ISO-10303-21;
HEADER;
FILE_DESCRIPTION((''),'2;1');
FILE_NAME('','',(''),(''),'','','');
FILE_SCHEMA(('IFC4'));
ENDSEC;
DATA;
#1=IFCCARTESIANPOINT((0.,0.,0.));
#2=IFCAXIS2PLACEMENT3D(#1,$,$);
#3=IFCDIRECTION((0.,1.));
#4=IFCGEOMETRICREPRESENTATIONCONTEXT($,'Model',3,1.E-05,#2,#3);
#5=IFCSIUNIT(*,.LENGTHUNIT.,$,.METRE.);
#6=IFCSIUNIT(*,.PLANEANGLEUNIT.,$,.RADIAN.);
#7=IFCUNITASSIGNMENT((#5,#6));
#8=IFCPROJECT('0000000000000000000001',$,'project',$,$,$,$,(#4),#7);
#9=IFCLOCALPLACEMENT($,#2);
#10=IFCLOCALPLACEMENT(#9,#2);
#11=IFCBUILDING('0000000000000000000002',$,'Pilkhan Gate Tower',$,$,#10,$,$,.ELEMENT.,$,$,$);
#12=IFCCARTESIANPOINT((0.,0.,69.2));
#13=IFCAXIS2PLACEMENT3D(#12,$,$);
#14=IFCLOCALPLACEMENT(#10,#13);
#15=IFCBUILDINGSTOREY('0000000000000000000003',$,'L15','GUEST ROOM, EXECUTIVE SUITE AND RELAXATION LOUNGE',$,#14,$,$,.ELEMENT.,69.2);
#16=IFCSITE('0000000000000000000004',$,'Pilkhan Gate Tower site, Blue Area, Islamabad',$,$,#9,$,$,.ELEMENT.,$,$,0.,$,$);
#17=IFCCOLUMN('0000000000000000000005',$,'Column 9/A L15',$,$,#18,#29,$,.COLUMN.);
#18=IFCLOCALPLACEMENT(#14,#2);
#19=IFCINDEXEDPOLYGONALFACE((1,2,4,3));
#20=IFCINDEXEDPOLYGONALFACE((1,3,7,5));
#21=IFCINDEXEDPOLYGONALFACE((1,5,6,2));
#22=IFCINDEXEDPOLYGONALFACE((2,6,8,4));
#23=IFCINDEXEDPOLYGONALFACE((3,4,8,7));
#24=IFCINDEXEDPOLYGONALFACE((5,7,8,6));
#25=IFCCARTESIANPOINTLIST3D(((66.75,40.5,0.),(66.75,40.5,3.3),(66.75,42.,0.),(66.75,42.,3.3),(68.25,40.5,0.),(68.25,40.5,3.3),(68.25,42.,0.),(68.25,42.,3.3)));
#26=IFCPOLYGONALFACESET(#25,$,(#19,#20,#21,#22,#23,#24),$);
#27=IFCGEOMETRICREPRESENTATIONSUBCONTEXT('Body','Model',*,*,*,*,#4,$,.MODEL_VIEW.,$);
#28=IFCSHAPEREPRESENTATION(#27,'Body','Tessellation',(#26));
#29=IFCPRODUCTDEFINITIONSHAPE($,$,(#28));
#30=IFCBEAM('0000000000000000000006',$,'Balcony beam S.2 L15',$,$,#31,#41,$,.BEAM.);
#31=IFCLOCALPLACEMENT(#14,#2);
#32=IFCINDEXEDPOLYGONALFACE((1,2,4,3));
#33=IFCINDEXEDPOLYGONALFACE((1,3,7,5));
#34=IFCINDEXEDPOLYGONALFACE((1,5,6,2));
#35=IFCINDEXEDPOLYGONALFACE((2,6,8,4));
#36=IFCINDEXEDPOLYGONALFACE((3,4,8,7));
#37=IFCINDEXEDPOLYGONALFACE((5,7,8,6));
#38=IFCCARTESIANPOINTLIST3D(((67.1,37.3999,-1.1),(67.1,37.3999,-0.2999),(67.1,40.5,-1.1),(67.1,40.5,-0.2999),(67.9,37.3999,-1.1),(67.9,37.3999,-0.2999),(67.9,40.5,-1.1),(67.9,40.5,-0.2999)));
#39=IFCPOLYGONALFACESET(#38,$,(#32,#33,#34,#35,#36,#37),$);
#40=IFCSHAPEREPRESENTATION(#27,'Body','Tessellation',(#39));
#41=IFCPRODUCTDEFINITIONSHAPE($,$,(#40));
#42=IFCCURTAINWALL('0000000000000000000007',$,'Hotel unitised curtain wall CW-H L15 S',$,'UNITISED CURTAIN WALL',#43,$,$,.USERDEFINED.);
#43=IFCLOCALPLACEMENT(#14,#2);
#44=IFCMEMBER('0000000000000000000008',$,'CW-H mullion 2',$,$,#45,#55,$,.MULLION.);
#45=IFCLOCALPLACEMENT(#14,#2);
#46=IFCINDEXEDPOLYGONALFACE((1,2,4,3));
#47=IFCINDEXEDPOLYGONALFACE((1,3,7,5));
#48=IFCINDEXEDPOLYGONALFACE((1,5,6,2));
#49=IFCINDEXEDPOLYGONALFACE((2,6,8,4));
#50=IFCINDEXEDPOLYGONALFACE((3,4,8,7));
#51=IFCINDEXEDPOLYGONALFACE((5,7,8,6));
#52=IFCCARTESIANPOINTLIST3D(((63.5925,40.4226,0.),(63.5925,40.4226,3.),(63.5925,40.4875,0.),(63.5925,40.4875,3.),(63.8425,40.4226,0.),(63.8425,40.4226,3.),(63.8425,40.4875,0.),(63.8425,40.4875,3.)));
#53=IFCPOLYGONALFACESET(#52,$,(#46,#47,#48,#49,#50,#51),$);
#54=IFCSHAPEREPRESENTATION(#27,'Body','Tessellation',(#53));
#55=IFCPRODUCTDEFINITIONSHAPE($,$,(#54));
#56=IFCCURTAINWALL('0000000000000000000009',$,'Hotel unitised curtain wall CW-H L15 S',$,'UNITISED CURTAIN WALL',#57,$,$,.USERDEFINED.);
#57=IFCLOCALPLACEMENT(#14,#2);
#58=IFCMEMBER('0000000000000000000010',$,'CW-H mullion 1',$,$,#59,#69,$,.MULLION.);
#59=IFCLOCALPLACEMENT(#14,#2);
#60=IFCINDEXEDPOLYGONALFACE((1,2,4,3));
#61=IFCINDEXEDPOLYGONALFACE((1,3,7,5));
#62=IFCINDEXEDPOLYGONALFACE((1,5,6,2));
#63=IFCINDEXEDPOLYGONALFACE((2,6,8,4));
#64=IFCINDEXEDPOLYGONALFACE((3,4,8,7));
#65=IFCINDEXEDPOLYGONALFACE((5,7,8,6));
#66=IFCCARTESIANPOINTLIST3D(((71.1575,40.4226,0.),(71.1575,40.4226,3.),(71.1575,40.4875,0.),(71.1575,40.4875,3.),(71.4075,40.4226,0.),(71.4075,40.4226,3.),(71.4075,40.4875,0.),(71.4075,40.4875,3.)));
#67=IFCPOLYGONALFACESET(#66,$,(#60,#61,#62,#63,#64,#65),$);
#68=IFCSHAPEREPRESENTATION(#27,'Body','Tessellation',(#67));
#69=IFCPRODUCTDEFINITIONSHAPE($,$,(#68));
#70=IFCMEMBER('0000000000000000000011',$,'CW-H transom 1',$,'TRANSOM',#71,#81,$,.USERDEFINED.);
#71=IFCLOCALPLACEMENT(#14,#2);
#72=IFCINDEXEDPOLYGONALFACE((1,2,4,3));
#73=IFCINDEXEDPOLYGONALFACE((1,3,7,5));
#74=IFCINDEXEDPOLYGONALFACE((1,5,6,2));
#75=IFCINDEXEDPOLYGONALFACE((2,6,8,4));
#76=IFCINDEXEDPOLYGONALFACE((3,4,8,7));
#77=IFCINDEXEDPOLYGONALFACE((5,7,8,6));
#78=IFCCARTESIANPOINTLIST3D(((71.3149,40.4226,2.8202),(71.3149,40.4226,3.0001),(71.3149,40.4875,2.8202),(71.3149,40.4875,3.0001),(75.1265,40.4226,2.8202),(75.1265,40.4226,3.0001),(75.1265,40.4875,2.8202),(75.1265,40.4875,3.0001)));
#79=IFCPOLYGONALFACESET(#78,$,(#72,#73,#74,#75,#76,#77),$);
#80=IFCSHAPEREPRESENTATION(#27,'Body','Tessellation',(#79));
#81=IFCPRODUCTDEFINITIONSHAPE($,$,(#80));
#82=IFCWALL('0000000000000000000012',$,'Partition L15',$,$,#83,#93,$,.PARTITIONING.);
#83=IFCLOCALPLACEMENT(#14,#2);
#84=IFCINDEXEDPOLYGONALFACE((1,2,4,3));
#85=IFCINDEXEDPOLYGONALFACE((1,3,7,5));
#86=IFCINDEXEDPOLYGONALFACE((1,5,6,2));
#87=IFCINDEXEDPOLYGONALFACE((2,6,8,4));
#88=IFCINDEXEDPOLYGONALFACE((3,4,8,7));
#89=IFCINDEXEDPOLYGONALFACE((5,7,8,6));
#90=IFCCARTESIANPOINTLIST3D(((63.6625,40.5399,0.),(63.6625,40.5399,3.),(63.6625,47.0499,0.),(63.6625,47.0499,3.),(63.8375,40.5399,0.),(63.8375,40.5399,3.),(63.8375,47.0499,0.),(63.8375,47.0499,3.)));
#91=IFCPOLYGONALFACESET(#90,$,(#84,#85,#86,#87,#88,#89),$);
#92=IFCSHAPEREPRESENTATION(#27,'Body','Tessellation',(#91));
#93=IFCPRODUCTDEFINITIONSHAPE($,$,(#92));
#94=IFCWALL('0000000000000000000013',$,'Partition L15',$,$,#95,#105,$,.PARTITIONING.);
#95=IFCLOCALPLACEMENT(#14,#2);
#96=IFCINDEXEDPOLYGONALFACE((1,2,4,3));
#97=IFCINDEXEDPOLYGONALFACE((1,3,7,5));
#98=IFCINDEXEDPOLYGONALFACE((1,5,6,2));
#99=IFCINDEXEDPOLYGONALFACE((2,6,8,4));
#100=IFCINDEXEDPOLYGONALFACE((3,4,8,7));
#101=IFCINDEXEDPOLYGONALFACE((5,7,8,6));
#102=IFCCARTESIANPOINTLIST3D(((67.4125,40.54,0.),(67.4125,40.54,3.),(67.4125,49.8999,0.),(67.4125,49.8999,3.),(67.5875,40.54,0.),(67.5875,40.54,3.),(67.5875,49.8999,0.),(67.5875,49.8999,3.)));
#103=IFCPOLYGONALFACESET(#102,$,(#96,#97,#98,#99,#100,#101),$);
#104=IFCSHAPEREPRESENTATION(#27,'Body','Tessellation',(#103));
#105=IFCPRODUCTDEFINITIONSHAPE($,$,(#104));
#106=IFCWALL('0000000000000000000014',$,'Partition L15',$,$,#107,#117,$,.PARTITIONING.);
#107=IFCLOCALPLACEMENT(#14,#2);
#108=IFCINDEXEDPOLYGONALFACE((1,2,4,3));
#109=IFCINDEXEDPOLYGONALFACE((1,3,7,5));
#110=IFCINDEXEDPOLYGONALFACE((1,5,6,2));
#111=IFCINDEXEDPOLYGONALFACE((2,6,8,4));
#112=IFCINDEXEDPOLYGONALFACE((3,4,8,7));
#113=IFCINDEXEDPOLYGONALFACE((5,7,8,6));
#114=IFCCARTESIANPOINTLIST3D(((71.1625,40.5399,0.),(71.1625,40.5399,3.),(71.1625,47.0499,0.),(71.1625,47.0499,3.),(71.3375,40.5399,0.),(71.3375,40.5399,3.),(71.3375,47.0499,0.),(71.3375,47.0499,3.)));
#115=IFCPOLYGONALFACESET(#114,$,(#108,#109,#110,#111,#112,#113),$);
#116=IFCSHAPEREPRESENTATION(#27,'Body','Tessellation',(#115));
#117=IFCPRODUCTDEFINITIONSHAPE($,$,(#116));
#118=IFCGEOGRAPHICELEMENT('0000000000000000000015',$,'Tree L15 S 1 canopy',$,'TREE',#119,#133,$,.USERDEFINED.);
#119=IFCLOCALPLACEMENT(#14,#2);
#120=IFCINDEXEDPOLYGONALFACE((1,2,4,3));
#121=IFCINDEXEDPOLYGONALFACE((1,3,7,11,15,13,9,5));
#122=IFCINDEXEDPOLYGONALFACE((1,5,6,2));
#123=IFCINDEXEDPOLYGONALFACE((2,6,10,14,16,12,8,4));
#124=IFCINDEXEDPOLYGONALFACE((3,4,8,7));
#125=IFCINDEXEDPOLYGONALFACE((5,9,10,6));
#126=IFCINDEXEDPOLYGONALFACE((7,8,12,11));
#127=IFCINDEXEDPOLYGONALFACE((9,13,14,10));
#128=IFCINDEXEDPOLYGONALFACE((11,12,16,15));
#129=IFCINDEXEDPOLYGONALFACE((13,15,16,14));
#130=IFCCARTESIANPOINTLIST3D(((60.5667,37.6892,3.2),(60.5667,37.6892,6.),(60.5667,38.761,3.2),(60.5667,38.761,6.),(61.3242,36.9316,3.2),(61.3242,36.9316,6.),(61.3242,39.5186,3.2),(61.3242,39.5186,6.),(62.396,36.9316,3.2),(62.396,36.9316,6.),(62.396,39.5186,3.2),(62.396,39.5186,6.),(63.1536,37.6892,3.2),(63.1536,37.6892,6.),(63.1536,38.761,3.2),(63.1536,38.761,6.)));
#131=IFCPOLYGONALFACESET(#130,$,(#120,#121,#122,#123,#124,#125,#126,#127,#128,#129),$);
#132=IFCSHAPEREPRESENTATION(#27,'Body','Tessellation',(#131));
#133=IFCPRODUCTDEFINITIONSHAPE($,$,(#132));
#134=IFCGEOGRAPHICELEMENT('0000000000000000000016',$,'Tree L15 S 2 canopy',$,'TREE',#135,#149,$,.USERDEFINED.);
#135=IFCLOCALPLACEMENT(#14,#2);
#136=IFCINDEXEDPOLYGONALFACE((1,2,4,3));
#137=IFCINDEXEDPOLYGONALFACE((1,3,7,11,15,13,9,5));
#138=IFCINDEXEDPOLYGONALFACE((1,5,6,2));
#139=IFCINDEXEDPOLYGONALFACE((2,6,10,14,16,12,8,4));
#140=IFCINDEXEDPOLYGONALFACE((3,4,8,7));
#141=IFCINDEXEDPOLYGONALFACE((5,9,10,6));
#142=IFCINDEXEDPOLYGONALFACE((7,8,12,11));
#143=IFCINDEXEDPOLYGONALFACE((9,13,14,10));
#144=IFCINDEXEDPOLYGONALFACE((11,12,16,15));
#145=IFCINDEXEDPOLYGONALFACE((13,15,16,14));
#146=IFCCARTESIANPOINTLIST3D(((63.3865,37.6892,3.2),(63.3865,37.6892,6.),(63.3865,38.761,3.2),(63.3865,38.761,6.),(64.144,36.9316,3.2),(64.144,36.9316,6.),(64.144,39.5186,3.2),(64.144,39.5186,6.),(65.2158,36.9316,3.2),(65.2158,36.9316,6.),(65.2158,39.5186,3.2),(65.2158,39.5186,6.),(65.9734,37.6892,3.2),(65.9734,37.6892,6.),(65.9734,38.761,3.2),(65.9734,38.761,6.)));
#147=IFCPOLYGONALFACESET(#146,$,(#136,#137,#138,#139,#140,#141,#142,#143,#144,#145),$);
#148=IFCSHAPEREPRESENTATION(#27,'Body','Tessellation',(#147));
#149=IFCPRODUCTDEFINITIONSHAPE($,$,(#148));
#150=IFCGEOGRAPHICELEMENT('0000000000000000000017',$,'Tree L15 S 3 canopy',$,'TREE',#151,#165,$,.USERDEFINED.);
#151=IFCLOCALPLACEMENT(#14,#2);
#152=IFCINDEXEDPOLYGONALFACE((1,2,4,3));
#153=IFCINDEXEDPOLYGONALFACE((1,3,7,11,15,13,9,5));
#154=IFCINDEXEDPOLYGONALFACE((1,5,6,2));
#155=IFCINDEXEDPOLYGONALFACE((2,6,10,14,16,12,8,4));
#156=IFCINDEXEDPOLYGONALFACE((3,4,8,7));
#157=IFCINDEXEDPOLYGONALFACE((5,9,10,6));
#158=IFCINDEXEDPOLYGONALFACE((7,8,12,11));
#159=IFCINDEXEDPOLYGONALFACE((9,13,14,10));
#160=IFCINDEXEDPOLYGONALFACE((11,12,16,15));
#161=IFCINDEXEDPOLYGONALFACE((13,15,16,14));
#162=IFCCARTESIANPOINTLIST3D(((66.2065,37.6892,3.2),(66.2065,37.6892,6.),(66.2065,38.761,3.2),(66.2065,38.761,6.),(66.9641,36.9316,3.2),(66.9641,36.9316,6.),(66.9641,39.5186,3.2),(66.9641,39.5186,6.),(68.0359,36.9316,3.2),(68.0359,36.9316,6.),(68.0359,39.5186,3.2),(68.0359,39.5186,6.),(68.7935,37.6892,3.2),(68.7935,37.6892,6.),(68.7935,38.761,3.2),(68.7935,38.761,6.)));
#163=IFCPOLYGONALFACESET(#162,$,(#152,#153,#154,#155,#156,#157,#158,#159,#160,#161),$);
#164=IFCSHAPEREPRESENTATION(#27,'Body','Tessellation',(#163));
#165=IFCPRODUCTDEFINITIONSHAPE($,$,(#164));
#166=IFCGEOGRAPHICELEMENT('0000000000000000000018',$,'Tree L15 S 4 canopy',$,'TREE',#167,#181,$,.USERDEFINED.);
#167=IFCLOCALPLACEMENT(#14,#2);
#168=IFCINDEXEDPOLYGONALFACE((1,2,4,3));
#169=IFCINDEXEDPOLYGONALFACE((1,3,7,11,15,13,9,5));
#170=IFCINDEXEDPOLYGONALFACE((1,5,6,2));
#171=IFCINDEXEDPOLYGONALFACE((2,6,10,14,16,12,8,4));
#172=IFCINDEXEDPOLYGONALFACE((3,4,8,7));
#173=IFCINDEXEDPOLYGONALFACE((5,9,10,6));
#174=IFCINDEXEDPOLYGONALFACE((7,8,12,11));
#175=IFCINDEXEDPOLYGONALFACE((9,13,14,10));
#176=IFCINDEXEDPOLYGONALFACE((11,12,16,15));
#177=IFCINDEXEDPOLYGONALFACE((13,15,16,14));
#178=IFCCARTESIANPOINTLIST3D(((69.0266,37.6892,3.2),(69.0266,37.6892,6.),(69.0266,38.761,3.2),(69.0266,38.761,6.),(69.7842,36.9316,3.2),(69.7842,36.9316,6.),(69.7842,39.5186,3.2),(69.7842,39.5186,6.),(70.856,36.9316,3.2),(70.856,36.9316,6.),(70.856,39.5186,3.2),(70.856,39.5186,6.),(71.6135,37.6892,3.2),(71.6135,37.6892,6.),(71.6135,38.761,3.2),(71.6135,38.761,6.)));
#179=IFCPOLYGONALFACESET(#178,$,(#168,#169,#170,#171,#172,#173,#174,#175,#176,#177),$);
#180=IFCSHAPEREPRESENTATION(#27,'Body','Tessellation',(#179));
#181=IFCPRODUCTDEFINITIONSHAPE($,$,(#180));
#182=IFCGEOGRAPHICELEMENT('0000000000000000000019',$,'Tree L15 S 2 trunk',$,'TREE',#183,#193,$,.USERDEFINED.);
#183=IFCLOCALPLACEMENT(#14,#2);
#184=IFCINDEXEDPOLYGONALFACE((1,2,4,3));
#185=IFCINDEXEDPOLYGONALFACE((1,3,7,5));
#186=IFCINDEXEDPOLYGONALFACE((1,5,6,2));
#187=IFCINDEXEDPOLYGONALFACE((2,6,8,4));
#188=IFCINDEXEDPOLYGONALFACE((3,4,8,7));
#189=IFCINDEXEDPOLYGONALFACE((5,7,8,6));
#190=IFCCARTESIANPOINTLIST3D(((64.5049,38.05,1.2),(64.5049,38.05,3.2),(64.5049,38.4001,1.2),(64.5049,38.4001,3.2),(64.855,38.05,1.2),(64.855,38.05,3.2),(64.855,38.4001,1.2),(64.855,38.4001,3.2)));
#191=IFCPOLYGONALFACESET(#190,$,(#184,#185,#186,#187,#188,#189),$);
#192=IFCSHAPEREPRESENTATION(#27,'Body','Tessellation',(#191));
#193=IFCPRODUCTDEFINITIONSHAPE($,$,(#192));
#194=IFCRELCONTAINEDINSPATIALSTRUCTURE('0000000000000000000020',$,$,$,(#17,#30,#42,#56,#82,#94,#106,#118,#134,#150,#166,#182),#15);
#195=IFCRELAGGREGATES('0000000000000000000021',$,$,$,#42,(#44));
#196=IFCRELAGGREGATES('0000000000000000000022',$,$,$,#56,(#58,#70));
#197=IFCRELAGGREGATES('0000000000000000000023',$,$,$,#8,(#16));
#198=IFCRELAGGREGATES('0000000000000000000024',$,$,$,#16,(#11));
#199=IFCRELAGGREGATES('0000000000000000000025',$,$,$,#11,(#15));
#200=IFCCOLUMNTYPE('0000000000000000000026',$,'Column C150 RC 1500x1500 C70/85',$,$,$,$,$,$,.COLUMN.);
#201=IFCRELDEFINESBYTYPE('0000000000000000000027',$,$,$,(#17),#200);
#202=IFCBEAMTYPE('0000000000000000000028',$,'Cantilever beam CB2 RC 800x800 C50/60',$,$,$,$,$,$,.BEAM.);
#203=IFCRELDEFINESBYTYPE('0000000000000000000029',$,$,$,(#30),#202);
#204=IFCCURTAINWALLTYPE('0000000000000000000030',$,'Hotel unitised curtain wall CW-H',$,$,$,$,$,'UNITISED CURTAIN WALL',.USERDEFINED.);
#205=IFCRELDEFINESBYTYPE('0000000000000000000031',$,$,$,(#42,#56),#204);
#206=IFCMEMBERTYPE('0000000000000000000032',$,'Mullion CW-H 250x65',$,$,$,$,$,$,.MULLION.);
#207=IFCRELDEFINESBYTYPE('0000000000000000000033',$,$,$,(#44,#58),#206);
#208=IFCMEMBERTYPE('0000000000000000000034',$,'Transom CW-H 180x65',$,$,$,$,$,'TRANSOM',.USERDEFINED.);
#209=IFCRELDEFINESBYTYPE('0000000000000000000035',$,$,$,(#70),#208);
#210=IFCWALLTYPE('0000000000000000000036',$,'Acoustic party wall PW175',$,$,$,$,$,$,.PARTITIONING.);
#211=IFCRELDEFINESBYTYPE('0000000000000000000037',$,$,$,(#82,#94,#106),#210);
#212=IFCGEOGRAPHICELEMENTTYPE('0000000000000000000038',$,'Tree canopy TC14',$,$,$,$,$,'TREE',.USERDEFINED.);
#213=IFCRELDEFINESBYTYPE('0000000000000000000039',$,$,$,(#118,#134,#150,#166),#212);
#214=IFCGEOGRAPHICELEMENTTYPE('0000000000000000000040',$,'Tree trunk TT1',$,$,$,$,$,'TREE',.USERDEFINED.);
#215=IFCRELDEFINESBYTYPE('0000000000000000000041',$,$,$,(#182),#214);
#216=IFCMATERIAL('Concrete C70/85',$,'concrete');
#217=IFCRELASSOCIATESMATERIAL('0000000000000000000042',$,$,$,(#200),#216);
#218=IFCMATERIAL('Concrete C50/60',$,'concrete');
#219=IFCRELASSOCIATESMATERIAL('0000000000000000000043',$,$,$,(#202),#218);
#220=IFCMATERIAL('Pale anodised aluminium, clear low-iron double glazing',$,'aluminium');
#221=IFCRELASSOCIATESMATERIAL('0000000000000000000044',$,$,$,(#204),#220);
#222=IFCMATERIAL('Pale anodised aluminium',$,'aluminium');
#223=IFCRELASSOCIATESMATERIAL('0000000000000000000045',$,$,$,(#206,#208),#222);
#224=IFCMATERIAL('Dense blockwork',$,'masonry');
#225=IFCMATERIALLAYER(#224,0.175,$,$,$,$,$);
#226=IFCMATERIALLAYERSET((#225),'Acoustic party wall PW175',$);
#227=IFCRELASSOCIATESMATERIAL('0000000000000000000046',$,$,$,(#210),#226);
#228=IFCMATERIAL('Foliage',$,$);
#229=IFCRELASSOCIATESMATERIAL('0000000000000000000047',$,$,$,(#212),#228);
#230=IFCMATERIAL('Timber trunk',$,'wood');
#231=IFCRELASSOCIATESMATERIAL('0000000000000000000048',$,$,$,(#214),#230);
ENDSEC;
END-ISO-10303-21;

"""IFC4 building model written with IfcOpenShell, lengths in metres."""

from ifc_helpers import new_model, si_unit, direction, frame, frame_2d, origin, origin_2d, place, context, subcontext, project, spatial, polyline, rectangle, outline, extrude, material, layer, layer_set, material_profile, profile_set, type_object, element, aggregate, save


model = new_model("IFC4")

# Units and contexts
model_context = context("Model", 3, precision=1e-05, world=origin(), true_north=direction((0.0, 1.0)))
body_context = subcontext(model_context, "Body", "Model", "MODEL_VIEW")
ifc_project = project(units=[si_unit("LENGTHUNIT", "METRE"), si_unit("PLANEANGLEUNIT", "RADIAN")], contexts=[model_context])

# Site, building, storey
site_placement = place(None, origin())
site = spatial("IfcSite", under=ifc_project, at=site_placement, Name="Pilkhan Gate Tower site, Blue Area, Islamabad", CompositionType="ELEMENT", RefElevation=0.0)
building_placement = place(site_placement, origin())
building = spatial("IfcBuilding", under=site, at=building_placement, Name="Pilkhan Gate Tower", CompositionType="ELEMENT")
storey_placement = place(building_placement, frame((0.0, 0.0, 69.2)))
storey = spatial("IfcBuildingStorey", under=building, at=storey_placement, Name="L15", Description="GUEST ROOM, EXECUTIVE SUITE AND RELAXATION LOUNGE", CompositionType="ELEMENT", Elevation=69.2)

# Column
ifc_material_1 = material(Name="Concrete C70/85", Category="concrete")
ifc_material_profile_1 = material_profile(ifc_material_1, rectangle(XDim=1.5, YDim=1.5, at=origin_2d()), Name="RC 1500x1500")
ifc_profile_set_1 = profile_set([ifc_material_profile_1], Name="Concrete C70/85")
column_type = type_object("IfcColumnType", Name="Column C150 RC 1500x1500 C70/85", PredefinedType="COLUMN", material=ifc_profile_set_1)
column_placement = place(storey_placement, frame((67.5, 41.25, 0.0), z_axis=(0.0, 0.0, 1.0), x_axis=(1.0, 0.0, 0.0)))
element("IfcColumn", 1, at=column_placement, inside=storey, type_object=column_type, Name="Column 9/A L15", PredefinedType="COLUMN", context=body_context, shape_type="SweptSolid", body=[
    extrude(rectangle(XDim=1.5, YDim=1.5, at=origin_2d()), origin(), (0.0, 0.0, 1.0), 3.3),
])

# Beam
ifc_material_2 = material(Name="Concrete C50/60", Category="concrete")
ifc_material_profile_2 = material_profile(ifc_material_2, rectangle(XDim=0.8, YDim=0.8, at=origin_2d()), Name="RC 800x800")
ifc_profile_set_2 = profile_set([ifc_material_profile_2], Name="Concrete C50/60")
beam_type = type_object("IfcBeamType", Name="Cantilever beam CB2 RC 800x800 C50/60", PredefinedType="BEAM", material=ifc_profile_set_2)
beam_placement = place(storey_placement, frame((67.5, 40.5, -0.7), z_axis=(0.0, -1.0, 0.0), x_axis=(1.0, 0.0, 0.0)))
element("IfcBeam", 2, at=beam_placement, inside=storey, type_object=beam_type, Name="Balcony beam S.2 L15", PredefinedType="BEAM", context=body_context, shape_type="SweptSolid", body=[
    extrude(rectangle(XDim=0.8, YDim=0.8, at=origin_2d()), origin(), (0.0, 0.0, 1.0), 3.1001),
])

# Curtain wall, member
ifc_material_3 = material(Name="Pale anodised aluminium, clear low-iron double glazing", Category="aluminium")
curtain_wall_type = type_object("IfcCurtainWallType", Name="Hotel unitised curtain wall CW-H", ElementType="UNITISED CURTAIN WALL", PredefinedType="USERDEFINED", material=ifc_material_3)
curtain_wall_1_placement = place(storey_placement, origin())
curtain_wall_1 = element("IfcCurtainWall", 3, at=curtain_wall_1_placement, inside=storey, type_object=curtain_wall_type, Name="Hotel unitised curtain wall CW-H L15 S", ObjectType="UNITISED CURTAIN WALL", PredefinedType="USERDEFINED")
ifc_material_4 = material(Name="Pale anodised aluminium", Category="aluminium")
ifc_material_profile_3 = material_profile(ifc_material_4, rectangle(XDim=0.0649, YDim=0.25, at=origin_2d()), Name="Mullion 250x65")
ifc_profile_set_3 = profile_set([ifc_material_profile_3], Name="Pale anodised aluminium")
member_type_1 = type_object("IfcMemberType", Name="Mullion CW-H 250x65", PredefinedType="MULLION", material=ifc_profile_set_3)
member_1_placement = place(storey_placement, frame((63.7175, 40.4551, 0.0), z_axis=(0.0, 0.0, 1.0), x_axis=(0.0, 1.0, 0.0)))
member_1 = element("IfcMember", 4, at=member_1_placement, type_object=member_type_1, Name="CW-H mullion 2", PredefinedType="MULLION", context=body_context, shape_type="SweptSolid", body=[
    extrude(rectangle(XDim=0.0649, YDim=0.25, at=origin_2d()), origin(), (0.0, 0.0, 1.0), 3.0),
])
aggregate(curtain_wall_1, [member_1])

# Curtain wall, members
curtain_wall_2_placement = place(storey_placement, origin())
curtain_wall_2 = element("IfcCurtainWall", 5, at=curtain_wall_2_placement, inside=storey, type_object=curtain_wall_type, Name="Hotel unitised curtain wall CW-H L15 S", ObjectType="UNITISED CURTAIN WALL", PredefinedType="USERDEFINED")
member_2_placement = place(storey_placement, frame((71.2825, 40.4551, 0.0), z_axis=(0.0, 0.0, 1.0), x_axis=(0.0, 1.0, 0.0)))
member_2 = element("IfcMember", 6, at=member_2_placement, type_object=member_type_1, Name="CW-H mullion 1", PredefinedType="MULLION", context=body_context, shape_type="SweptSolid", body=[
    extrude(rectangle(XDim=0.0649, YDim=0.25, at=origin_2d()), origin(), (0.0, 0.0, 1.0), 3.0),
])
ifc_material_profile_4 = material_profile(ifc_material_4, rectangle(XDim=0.0649, YDim=0.1799, at=origin_2d()), Name="Transom 180x65")
ifc_profile_set_4 = profile_set([ifc_material_profile_4], Name="Pale anodised aluminium")
member_type_2 = type_object("IfcMemberType", Name="Transom CW-H 180x65", ElementType="TRANSOM", PredefinedType="USERDEFINED", material=ifc_profile_set_4)
member_3_placement = place(storey_placement, frame((71.3149, 40.4551, 2.9102), z_axis=(1.0, 0.0, 0.0), x_axis=(0.0, 1.0, 0.0)))
member_3 = element("IfcMember", 7, at=member_3_placement, type_object=member_type_2, Name="CW-H transom 1", ObjectType="TRANSOM", PredefinedType="USERDEFINED", context=body_context, shape_type="SweptSolid", body=[
    extrude(rectangle(XDim=0.0649, YDim=0.1799, at=origin_2d()), origin(), (0.0, 0.0, 1.0), 3.8115),
])
aggregate(curtain_wall_2, [member_2, member_3])

# Walls
ifc_material_5 = material(Name="Dense blockwork", Category="masonry")
ifc_layer_1 = layer(ifc_material_5, 0.175)
ifc_layer_set_1 = layer_set([ifc_layer_1], Name="Acoustic party wall PW175")
wall_type_1 = type_object("IfcWallType", Name="Acoustic party wall PW175", PredefinedType="PARTITIONING", material=ifc_layer_set_1)
wall_1_placement = place(storey_placement, frame((63.75, 40.54, 0.0), z_axis=(0.0, 0.0, 1.0), x_axis=(0.0, 1.0, 0.0)))
element("IfcWall", 8, at=wall_1_placement, inside=storey, type_object=wall_type_1, Name="Partition L15", PredefinedType="PARTITIONING", context=body_context, shape_type="SweptSolid", body=[
    extrude(rectangle(XDim=6.51, YDim=0.175, at=frame_2d((3.2549, 0.0))), origin(), (0.0, 0.0, 1.0), 3.0),
])
wall_2_placement = place(storey_placement, frame((67.5, 40.54, 0.0), z_axis=(0.0, 0.0, 1.0), x_axis=(0.0, 1.0, 0.0)))
element("IfcWall", 9, at=wall_2_placement, inside=storey, type_object=wall_type_1, Name="Partition L15", PredefinedType="PARTITIONING", context=body_context, shape_type="SweptSolid", body=[
    extrude(rectangle(XDim=9.3599, YDim=0.175, at=frame_2d((4.6799, 0.0))), origin(), (0.0, 0.0, 1.0), 3.0),
])
wall_3_placement = place(storey_placement, frame((71.25, 40.54, 0.0), z_axis=(0.0, 0.0, 1.0), x_axis=(0.0, 1.0, 0.0)))
element("IfcWall", 10, at=wall_3_placement, inside=storey, type_object=wall_type_1, Name="Partition L15", PredefinedType="PARTITIONING", context=body_context, shape_type="SweptSolid", body=[
    extrude(rectangle(XDim=6.51, YDim=0.175, at=frame_2d((3.2549, 0.0))), origin(), (0.0, 0.0, 1.0), 3.0),
])

# Geographic elements
ifc_material_6 = material(Name="Foliage")
ifc_material_profile_5 = material_profile(ifc_material_6, outline(polyline([(1.2935, 0.5359), (0.5359, 1.2935), (-0.5359, 1.2935), (-1.2935, 0.5359), (-1.2935, -0.5359), (-0.5359, -1.2935), (0.5359, -1.2935), (1.2935, -0.5359), (1.2935, 0.5359)])), Name="Canopy D2.8")
ifc_profile_set_5 = profile_set([ifc_material_profile_5], Name="Foliage")
geographic_element_type_1 = type_object("IfcGeographicElementType", Name="Tree canopy TC14", ElementType="TREE", PredefinedType="USERDEFINED", material=ifc_profile_set_5)
for number, where, z_axis, x_axis, name in (
    (11, (61.8601, 38.2251, 3.2), (0.0, 0.0, 1.0), (1.0, 0.0, 0.0), "Tree L15 S 1 canopy"),
    (12, (64.6799, 38.2251, 3.2), (0.0, 0.0, 1.0), (1.0, 0.0, 0.0), "Tree L15 S 2 canopy"),
    (13, (67.5, 38.2251, 3.2), (0.0, 0.0, 1.0), (1.0, 0.0, 0.0), "Tree L15 S 3 canopy"),
    (14, (70.3201, 38.2251, 3.2), (0.0, 0.0, 1.0), (1.0, 0.0, 0.0), "Tree L15 S 4 canopy"),
):
    element("IfcGeographicElement", number, at=place(storey_placement, frame(where, z_axis=z_axis, x_axis=x_axis)), inside=storey, type_object=geographic_element_type_1, Name=name, ObjectType="TREE", PredefinedType="USERDEFINED", context=body_context, shape_type="SweptSolid", body=[
        extrude(outline(polyline([(1.2935, 0.5359), (0.5359, 1.2935), (-0.5359, 1.2935), (-1.2935, 0.5359), (-1.2935, -0.5359), (-0.5359, -1.2935), (0.5359, -1.2935), (1.2935, -0.5359), (1.2935, 0.5359)])), origin(), (0.0, 0.0, 1.0), 2.8),
    ])
ifc_material_7 = material(Name="Timber trunk", Category="wood")
geographic_element_type_2 = type_object("IfcGeographicElementType", Name="Tree trunk TT1", ElementType="TREE", PredefinedType="USERDEFINED", material=ifc_material_7)
for number, where, z_axis, x_axis, name in (
    (15, (64.6799, 38.2251, 1.2), (0.0, 0.0, 1.0), (1.0, 0.0, 0.0), "Tree L15 S 2 trunk"),
):
    element("IfcGeographicElement", number, at=place(storey_placement, frame(where, z_axis=z_axis, x_axis=x_axis)), inside=storey, type_object=geographic_element_type_2, Name=name, ObjectType="TREE", PredefinedType="USERDEFINED", context=body_context, shape_type="SweptSolid", body=[
        extrude(rectangle(XDim=0.3501, YDim=0.3501, at=origin_2d()), origin(), (0.0, 0.0, 1.0), 2.0),
    ])

save(model, "model.ifc")
